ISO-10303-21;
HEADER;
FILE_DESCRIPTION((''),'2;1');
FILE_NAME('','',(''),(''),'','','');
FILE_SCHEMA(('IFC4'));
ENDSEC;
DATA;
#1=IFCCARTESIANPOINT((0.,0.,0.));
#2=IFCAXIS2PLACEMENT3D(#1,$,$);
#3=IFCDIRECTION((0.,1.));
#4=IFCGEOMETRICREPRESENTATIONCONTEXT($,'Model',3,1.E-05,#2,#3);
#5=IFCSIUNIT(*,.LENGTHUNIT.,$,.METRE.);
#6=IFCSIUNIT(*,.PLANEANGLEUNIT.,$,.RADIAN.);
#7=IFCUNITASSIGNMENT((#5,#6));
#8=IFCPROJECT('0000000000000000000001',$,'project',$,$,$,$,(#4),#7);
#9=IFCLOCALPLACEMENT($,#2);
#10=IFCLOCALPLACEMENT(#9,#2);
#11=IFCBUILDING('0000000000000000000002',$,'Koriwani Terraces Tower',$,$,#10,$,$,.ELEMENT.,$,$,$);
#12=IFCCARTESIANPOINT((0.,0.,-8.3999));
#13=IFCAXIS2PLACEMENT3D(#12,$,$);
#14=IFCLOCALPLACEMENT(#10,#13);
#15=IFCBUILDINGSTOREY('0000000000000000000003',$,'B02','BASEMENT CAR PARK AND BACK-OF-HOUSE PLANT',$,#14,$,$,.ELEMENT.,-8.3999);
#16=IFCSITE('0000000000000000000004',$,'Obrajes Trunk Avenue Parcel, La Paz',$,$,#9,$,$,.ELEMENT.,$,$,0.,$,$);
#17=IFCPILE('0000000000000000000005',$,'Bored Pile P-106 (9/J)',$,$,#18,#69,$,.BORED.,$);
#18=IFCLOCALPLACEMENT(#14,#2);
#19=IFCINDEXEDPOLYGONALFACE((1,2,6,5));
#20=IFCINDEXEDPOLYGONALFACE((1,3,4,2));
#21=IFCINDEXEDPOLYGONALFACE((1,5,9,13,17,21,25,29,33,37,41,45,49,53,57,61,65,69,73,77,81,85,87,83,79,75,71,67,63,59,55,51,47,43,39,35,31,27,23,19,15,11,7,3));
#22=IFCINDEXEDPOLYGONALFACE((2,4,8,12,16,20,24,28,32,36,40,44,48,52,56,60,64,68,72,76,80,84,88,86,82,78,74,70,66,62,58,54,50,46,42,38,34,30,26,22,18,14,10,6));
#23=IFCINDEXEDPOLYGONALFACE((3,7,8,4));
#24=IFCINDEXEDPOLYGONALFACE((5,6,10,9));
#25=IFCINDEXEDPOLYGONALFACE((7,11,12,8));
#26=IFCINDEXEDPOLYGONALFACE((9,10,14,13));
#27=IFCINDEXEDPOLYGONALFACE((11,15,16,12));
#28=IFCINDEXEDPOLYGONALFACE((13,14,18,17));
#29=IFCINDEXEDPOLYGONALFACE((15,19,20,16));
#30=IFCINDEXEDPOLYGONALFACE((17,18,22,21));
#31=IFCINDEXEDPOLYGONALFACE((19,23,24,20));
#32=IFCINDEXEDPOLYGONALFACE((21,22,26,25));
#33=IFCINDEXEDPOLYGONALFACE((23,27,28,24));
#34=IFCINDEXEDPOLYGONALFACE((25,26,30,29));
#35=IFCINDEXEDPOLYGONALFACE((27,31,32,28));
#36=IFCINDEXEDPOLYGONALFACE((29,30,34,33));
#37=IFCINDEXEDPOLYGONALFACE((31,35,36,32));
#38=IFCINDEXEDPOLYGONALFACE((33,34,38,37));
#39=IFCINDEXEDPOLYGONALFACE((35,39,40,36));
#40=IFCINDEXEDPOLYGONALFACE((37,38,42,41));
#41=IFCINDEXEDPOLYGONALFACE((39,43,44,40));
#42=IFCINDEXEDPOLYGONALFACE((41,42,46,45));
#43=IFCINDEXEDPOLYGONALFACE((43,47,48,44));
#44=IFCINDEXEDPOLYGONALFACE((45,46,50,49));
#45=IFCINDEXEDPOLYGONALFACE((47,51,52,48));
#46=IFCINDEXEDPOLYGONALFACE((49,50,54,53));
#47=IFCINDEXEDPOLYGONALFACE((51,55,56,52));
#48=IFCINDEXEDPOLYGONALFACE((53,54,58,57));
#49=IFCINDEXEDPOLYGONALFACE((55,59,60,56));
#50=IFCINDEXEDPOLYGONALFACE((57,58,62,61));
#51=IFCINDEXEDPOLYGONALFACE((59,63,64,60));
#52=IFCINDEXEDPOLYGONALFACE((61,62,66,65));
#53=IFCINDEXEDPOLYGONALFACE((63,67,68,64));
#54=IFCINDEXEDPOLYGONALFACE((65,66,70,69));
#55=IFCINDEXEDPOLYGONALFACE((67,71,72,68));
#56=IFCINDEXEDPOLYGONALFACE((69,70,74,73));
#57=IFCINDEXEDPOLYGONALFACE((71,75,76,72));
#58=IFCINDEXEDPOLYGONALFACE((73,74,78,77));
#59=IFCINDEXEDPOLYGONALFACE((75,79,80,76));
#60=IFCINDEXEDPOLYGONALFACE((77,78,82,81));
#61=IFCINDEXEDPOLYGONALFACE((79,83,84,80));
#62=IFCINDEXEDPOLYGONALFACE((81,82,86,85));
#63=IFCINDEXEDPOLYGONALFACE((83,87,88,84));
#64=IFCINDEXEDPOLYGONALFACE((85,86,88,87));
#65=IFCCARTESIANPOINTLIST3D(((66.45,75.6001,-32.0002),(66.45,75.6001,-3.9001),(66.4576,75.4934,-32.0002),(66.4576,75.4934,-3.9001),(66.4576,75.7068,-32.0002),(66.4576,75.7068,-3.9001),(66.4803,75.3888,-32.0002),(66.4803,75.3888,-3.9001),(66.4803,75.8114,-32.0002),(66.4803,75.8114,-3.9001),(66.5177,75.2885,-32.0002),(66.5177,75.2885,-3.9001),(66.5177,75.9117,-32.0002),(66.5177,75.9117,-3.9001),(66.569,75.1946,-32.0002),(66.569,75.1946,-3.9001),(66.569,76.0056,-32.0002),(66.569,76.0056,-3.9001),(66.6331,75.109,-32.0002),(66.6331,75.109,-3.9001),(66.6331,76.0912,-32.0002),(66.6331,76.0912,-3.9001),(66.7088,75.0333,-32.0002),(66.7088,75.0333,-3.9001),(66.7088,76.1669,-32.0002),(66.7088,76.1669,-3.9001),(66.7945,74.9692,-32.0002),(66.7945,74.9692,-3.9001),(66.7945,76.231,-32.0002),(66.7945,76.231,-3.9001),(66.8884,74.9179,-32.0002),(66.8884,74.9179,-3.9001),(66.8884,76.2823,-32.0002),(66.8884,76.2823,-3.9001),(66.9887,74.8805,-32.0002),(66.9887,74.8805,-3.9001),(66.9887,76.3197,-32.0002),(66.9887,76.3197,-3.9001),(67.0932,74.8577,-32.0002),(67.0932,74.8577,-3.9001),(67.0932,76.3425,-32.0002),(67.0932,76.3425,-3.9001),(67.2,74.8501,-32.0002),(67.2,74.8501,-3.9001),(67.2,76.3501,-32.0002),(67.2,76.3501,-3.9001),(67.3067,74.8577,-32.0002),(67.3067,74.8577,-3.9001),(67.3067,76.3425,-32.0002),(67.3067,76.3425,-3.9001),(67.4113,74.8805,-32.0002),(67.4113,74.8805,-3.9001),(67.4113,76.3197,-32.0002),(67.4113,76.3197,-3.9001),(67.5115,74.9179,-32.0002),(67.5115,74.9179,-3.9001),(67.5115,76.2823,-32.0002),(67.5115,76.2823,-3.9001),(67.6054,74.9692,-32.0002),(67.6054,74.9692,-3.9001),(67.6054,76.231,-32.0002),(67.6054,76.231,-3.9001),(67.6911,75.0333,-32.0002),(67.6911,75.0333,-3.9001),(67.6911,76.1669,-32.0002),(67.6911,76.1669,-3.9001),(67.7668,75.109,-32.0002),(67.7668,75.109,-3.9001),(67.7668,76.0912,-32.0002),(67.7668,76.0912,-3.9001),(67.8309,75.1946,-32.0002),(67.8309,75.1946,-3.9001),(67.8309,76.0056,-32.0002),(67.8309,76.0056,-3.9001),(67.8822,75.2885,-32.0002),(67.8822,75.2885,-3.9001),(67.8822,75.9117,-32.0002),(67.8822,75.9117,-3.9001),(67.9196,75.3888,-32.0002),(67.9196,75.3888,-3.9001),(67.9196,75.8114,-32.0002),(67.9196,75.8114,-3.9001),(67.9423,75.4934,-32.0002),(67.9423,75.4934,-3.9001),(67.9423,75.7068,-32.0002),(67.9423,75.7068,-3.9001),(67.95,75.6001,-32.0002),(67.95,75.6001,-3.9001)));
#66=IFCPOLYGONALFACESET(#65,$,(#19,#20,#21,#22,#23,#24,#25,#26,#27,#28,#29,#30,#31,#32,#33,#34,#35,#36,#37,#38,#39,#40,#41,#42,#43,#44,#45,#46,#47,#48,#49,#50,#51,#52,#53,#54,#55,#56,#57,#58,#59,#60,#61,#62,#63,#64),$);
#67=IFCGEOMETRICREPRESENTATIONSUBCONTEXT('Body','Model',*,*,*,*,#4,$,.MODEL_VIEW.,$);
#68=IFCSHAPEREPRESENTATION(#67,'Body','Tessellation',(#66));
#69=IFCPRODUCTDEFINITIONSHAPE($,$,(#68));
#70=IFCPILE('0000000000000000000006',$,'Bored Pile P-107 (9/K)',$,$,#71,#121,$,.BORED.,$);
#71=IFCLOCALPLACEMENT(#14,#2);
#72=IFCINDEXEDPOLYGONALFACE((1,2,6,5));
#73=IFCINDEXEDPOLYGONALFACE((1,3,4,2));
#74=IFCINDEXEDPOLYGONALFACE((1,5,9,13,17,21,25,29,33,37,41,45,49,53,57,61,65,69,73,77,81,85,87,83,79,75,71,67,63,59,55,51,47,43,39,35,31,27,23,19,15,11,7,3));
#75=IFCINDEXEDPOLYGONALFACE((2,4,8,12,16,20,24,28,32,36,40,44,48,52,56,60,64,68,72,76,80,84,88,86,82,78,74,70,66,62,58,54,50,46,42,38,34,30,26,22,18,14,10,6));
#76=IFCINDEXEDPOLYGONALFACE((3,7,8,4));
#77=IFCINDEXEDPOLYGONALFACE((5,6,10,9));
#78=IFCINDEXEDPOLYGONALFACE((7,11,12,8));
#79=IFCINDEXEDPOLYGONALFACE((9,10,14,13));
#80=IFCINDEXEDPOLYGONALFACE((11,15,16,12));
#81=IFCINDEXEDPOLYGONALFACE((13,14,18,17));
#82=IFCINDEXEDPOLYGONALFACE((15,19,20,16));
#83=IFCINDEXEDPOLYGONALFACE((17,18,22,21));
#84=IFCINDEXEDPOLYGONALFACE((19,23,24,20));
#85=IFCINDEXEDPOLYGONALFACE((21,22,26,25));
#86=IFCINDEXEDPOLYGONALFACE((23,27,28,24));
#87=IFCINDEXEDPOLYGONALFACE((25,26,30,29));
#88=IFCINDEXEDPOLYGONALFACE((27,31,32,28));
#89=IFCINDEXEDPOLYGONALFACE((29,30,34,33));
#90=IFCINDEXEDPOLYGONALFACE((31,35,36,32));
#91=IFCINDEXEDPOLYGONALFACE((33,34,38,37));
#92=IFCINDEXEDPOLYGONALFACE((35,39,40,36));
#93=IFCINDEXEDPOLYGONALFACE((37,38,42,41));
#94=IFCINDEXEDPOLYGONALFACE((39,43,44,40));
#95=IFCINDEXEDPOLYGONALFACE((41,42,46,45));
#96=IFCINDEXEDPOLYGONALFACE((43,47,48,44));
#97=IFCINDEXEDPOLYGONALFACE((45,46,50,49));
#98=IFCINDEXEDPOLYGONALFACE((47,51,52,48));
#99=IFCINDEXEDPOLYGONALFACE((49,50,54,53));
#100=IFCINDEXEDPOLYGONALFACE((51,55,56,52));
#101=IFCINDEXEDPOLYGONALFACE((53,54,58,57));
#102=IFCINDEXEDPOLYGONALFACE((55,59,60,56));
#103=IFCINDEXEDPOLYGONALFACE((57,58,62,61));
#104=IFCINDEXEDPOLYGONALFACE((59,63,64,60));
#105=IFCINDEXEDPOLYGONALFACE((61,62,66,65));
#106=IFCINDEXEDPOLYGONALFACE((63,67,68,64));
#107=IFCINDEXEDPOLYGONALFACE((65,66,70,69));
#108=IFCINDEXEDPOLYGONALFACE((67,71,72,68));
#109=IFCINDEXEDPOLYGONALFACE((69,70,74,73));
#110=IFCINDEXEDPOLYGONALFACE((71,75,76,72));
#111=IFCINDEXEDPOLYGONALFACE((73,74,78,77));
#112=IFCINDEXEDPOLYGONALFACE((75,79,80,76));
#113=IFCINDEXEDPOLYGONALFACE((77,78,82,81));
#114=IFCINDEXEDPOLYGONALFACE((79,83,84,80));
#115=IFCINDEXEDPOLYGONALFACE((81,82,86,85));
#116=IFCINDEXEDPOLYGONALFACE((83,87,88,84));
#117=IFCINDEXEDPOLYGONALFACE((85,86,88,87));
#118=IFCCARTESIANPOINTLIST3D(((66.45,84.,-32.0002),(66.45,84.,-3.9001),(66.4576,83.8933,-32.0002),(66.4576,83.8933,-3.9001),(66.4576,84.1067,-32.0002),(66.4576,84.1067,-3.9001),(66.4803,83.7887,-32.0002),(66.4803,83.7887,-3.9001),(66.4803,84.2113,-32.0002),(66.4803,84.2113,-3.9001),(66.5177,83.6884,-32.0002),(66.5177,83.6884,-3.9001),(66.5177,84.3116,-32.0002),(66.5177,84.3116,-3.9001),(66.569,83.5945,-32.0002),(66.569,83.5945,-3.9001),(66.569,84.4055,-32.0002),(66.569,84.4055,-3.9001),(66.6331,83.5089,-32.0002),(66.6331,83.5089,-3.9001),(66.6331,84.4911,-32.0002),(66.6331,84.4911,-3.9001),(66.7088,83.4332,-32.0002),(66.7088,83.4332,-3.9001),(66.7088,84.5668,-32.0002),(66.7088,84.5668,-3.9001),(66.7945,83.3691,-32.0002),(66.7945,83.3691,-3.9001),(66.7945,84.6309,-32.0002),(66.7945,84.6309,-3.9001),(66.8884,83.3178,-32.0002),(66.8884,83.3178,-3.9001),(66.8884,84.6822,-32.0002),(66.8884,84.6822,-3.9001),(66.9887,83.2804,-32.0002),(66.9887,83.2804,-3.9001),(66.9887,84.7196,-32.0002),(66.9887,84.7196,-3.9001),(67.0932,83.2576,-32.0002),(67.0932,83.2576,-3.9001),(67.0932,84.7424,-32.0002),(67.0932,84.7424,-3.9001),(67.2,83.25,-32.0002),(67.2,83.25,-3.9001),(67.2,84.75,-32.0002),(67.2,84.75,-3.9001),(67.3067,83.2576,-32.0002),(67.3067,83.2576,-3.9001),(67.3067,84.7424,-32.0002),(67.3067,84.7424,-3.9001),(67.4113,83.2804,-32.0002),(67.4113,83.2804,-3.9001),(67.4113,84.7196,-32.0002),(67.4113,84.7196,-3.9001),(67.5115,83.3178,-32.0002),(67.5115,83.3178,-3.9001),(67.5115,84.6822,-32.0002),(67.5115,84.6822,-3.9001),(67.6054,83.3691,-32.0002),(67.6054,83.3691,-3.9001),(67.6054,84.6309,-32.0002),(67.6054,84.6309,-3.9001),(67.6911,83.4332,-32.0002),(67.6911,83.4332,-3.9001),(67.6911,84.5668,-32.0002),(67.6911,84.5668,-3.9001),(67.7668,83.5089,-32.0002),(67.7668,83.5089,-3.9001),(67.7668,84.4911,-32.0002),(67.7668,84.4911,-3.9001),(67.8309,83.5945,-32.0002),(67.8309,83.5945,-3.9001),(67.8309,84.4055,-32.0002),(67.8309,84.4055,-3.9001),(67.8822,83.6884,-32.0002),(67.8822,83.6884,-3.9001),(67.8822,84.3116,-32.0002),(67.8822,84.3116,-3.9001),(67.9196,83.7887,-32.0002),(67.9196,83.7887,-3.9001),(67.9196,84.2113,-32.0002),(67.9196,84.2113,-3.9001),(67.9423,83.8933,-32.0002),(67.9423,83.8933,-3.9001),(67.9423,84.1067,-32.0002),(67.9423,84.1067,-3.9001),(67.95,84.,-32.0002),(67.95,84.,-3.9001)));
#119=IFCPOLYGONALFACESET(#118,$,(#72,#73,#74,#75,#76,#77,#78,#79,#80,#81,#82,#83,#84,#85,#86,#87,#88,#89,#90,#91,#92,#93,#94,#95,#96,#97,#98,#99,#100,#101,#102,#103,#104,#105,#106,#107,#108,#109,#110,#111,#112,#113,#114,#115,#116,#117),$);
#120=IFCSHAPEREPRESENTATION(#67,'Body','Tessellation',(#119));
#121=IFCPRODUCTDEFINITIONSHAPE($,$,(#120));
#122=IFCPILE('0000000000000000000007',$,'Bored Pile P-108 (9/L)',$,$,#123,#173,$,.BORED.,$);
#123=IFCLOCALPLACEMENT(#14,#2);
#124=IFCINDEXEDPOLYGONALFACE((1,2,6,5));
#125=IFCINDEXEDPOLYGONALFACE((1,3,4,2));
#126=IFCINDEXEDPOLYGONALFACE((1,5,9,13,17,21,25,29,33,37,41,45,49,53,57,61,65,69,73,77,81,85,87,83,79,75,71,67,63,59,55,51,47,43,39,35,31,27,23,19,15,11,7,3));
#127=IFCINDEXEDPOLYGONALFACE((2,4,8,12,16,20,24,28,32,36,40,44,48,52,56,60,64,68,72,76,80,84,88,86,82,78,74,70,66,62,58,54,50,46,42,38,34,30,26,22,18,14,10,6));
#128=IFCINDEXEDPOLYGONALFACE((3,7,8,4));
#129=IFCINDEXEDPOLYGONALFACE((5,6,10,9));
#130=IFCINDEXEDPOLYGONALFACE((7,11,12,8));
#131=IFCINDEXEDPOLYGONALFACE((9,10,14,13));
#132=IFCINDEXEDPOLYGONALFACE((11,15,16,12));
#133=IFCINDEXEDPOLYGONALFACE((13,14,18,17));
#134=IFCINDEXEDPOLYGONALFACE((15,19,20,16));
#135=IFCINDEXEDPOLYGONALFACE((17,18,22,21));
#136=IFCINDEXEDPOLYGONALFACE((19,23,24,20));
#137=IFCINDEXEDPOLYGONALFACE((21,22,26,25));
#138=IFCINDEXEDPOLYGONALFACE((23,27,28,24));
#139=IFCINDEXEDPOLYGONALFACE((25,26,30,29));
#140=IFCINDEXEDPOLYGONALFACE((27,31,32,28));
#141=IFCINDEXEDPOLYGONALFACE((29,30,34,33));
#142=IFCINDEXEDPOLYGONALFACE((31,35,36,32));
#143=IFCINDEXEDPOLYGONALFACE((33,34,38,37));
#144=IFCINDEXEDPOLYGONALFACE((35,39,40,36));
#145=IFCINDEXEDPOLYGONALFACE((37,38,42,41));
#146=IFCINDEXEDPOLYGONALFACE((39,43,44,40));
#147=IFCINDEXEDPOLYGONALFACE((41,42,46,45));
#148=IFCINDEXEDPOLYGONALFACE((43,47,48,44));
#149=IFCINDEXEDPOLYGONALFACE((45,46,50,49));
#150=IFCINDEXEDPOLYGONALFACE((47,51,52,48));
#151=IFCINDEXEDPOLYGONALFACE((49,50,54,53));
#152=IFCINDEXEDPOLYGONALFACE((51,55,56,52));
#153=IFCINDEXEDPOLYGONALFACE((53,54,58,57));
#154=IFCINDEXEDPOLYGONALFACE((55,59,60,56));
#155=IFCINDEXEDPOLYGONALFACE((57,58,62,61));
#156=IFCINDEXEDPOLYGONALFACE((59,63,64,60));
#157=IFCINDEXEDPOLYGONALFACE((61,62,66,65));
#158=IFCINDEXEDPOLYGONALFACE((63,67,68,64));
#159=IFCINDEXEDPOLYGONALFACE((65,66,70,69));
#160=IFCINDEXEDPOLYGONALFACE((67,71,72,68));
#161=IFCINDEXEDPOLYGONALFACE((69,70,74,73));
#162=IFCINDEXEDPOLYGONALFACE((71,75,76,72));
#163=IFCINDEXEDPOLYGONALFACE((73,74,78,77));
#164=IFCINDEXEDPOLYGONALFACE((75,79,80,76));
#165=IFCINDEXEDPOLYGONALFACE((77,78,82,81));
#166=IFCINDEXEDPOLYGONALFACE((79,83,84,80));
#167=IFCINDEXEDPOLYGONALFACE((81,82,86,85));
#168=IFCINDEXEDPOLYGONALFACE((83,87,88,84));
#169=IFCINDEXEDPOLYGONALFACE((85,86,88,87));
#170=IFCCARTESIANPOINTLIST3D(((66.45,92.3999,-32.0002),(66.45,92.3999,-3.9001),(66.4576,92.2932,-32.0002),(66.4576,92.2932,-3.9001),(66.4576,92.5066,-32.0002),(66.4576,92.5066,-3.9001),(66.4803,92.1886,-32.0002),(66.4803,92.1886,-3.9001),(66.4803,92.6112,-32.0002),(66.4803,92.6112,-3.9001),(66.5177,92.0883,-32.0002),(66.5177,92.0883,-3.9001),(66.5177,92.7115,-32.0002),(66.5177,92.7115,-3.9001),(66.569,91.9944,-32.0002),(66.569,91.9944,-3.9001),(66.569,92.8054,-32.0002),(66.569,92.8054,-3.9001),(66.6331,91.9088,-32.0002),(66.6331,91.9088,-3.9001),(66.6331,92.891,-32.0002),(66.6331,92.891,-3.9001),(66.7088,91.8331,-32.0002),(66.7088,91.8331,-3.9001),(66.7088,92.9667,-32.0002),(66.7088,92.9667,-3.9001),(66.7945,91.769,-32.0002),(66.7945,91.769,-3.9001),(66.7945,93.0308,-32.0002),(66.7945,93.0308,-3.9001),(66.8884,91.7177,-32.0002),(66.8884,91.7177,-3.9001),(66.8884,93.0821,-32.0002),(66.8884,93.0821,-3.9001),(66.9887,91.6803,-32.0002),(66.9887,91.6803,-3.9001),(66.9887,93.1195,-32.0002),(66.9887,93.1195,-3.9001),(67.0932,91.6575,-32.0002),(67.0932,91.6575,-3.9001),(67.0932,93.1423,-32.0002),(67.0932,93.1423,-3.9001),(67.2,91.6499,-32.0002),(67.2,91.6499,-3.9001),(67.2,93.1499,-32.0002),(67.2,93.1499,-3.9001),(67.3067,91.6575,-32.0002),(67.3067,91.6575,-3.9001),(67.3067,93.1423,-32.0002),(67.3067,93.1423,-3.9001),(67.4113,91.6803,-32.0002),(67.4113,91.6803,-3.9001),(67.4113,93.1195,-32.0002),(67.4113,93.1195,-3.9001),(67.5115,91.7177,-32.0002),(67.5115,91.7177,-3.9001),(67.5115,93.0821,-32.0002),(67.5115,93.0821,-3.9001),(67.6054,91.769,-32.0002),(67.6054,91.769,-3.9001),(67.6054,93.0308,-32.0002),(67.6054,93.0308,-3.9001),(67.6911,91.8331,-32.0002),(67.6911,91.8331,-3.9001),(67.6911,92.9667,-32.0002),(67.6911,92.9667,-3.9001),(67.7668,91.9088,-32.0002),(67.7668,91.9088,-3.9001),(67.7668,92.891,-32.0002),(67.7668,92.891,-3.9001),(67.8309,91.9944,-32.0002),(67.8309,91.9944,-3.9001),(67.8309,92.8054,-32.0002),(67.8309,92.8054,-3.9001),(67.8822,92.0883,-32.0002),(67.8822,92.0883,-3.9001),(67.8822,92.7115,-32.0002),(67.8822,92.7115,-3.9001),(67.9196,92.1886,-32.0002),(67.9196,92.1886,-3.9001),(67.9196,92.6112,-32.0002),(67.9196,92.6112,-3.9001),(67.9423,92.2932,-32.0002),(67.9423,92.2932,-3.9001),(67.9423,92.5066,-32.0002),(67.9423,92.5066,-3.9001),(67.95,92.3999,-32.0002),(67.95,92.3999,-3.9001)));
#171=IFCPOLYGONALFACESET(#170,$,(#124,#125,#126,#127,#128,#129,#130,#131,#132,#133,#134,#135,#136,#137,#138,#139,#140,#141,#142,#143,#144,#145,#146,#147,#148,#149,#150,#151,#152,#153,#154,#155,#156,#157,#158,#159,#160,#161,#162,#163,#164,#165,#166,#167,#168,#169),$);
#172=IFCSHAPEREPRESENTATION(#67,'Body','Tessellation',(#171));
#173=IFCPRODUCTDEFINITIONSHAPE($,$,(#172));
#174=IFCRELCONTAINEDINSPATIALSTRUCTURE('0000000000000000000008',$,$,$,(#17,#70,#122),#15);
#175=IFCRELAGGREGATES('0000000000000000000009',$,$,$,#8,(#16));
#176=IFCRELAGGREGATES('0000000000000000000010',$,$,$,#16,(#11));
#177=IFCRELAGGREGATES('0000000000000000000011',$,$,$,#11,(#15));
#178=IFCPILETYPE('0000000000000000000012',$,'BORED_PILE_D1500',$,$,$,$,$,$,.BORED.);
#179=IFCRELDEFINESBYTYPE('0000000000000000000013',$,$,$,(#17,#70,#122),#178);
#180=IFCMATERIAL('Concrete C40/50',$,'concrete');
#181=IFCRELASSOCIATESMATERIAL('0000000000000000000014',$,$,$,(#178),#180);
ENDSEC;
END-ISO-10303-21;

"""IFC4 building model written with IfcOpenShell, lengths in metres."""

from ifc_helpers import new_model, si_unit, direction, frame, origin, origin_2d, place, context, subcontext, project, spatial, circle, extrude, material, material_profile, profile_set, type_object, element, save


model = new_model("IFC4")

# Units and contexts
model_context = context("Model", 3, precision=1e-05, world=origin(), true_north=direction((0.0, 1.0)))
body_context = subcontext(model_context, "Body", "Model", "MODEL_VIEW")
ifc_project = project(units=[si_unit("LENGTHUNIT", "METRE"), si_unit("PLANEANGLEUNIT", "RADIAN")], contexts=[model_context])

# Site, building, storey
site_placement = place(None, origin())
site = spatial("IfcSite", under=ifc_project, at=site_placement, Name="Obrajes Trunk Avenue Parcel, La Paz", CompositionType="ELEMENT", RefElevation=0.0)
building_placement = place(site_placement, origin())
building = spatial("IfcBuilding", under=site, at=building_placement, Name="Koriwani Terraces Tower", CompositionType="ELEMENT")
storey_placement = place(building_placement, frame((0.0, 0.0, -8.3999)))
storey = spatial("IfcBuildingStorey", under=building, at=storey_placement, Name="B02", Description="BASEMENT CAR PARK AND BACK-OF-HOUSE PLANT", CompositionType="ELEMENT", Elevation=-8.3999)

# Piles
ifc_material_1 = material(Name="Concrete C40/50", Category="concrete")
ifc_material_profile_1 = material_profile(ifc_material_1, circle(Radius=0.75, at=origin_2d()), Name="Concrete C40/50")
ifc_profile_set_1 = profile_set([ifc_material_profile_1], Name="Concrete C40/50")
pile_type_1 = type_object("IfcPileType", Name="BORED_PILE_D1500", PredefinedType="BORED", material=ifc_profile_set_1)
for number, where, z_axis, x_axis, name in (
    (1, (67.2, 75.6001, -3.9001), (0.0, 0.0, -1.0), (1.0, 0.0, 0.0), "Bored Pile P-106 (9/J)"),
    (2, (67.2, 84.0, -3.9001), (0.0, 0.0, -1.0), (1.0, 0.0, 0.0), "Bored Pile P-107 (9/K)"),
    (3, (67.2, 92.3999, -3.9001), (0.0, 0.0, -1.0), (1.0, 0.0, 0.0), "Bored Pile P-108 (9/L)"),
):
    element("IfcPile", number, at=place(storey_placement, frame(where, z_axis=z_axis, x_axis=x_axis)), inside=storey, type_object=pile_type_1, Name=name, PredefinedType="BORED", context=body_context, shape_type="SweptSolid", body=[
        extrude(circle(Radius=0.75, at=origin_2d()), origin(), (0.0, 0.0, 1.0), 28.1001),
    ])

save(model, "model.ifc")
